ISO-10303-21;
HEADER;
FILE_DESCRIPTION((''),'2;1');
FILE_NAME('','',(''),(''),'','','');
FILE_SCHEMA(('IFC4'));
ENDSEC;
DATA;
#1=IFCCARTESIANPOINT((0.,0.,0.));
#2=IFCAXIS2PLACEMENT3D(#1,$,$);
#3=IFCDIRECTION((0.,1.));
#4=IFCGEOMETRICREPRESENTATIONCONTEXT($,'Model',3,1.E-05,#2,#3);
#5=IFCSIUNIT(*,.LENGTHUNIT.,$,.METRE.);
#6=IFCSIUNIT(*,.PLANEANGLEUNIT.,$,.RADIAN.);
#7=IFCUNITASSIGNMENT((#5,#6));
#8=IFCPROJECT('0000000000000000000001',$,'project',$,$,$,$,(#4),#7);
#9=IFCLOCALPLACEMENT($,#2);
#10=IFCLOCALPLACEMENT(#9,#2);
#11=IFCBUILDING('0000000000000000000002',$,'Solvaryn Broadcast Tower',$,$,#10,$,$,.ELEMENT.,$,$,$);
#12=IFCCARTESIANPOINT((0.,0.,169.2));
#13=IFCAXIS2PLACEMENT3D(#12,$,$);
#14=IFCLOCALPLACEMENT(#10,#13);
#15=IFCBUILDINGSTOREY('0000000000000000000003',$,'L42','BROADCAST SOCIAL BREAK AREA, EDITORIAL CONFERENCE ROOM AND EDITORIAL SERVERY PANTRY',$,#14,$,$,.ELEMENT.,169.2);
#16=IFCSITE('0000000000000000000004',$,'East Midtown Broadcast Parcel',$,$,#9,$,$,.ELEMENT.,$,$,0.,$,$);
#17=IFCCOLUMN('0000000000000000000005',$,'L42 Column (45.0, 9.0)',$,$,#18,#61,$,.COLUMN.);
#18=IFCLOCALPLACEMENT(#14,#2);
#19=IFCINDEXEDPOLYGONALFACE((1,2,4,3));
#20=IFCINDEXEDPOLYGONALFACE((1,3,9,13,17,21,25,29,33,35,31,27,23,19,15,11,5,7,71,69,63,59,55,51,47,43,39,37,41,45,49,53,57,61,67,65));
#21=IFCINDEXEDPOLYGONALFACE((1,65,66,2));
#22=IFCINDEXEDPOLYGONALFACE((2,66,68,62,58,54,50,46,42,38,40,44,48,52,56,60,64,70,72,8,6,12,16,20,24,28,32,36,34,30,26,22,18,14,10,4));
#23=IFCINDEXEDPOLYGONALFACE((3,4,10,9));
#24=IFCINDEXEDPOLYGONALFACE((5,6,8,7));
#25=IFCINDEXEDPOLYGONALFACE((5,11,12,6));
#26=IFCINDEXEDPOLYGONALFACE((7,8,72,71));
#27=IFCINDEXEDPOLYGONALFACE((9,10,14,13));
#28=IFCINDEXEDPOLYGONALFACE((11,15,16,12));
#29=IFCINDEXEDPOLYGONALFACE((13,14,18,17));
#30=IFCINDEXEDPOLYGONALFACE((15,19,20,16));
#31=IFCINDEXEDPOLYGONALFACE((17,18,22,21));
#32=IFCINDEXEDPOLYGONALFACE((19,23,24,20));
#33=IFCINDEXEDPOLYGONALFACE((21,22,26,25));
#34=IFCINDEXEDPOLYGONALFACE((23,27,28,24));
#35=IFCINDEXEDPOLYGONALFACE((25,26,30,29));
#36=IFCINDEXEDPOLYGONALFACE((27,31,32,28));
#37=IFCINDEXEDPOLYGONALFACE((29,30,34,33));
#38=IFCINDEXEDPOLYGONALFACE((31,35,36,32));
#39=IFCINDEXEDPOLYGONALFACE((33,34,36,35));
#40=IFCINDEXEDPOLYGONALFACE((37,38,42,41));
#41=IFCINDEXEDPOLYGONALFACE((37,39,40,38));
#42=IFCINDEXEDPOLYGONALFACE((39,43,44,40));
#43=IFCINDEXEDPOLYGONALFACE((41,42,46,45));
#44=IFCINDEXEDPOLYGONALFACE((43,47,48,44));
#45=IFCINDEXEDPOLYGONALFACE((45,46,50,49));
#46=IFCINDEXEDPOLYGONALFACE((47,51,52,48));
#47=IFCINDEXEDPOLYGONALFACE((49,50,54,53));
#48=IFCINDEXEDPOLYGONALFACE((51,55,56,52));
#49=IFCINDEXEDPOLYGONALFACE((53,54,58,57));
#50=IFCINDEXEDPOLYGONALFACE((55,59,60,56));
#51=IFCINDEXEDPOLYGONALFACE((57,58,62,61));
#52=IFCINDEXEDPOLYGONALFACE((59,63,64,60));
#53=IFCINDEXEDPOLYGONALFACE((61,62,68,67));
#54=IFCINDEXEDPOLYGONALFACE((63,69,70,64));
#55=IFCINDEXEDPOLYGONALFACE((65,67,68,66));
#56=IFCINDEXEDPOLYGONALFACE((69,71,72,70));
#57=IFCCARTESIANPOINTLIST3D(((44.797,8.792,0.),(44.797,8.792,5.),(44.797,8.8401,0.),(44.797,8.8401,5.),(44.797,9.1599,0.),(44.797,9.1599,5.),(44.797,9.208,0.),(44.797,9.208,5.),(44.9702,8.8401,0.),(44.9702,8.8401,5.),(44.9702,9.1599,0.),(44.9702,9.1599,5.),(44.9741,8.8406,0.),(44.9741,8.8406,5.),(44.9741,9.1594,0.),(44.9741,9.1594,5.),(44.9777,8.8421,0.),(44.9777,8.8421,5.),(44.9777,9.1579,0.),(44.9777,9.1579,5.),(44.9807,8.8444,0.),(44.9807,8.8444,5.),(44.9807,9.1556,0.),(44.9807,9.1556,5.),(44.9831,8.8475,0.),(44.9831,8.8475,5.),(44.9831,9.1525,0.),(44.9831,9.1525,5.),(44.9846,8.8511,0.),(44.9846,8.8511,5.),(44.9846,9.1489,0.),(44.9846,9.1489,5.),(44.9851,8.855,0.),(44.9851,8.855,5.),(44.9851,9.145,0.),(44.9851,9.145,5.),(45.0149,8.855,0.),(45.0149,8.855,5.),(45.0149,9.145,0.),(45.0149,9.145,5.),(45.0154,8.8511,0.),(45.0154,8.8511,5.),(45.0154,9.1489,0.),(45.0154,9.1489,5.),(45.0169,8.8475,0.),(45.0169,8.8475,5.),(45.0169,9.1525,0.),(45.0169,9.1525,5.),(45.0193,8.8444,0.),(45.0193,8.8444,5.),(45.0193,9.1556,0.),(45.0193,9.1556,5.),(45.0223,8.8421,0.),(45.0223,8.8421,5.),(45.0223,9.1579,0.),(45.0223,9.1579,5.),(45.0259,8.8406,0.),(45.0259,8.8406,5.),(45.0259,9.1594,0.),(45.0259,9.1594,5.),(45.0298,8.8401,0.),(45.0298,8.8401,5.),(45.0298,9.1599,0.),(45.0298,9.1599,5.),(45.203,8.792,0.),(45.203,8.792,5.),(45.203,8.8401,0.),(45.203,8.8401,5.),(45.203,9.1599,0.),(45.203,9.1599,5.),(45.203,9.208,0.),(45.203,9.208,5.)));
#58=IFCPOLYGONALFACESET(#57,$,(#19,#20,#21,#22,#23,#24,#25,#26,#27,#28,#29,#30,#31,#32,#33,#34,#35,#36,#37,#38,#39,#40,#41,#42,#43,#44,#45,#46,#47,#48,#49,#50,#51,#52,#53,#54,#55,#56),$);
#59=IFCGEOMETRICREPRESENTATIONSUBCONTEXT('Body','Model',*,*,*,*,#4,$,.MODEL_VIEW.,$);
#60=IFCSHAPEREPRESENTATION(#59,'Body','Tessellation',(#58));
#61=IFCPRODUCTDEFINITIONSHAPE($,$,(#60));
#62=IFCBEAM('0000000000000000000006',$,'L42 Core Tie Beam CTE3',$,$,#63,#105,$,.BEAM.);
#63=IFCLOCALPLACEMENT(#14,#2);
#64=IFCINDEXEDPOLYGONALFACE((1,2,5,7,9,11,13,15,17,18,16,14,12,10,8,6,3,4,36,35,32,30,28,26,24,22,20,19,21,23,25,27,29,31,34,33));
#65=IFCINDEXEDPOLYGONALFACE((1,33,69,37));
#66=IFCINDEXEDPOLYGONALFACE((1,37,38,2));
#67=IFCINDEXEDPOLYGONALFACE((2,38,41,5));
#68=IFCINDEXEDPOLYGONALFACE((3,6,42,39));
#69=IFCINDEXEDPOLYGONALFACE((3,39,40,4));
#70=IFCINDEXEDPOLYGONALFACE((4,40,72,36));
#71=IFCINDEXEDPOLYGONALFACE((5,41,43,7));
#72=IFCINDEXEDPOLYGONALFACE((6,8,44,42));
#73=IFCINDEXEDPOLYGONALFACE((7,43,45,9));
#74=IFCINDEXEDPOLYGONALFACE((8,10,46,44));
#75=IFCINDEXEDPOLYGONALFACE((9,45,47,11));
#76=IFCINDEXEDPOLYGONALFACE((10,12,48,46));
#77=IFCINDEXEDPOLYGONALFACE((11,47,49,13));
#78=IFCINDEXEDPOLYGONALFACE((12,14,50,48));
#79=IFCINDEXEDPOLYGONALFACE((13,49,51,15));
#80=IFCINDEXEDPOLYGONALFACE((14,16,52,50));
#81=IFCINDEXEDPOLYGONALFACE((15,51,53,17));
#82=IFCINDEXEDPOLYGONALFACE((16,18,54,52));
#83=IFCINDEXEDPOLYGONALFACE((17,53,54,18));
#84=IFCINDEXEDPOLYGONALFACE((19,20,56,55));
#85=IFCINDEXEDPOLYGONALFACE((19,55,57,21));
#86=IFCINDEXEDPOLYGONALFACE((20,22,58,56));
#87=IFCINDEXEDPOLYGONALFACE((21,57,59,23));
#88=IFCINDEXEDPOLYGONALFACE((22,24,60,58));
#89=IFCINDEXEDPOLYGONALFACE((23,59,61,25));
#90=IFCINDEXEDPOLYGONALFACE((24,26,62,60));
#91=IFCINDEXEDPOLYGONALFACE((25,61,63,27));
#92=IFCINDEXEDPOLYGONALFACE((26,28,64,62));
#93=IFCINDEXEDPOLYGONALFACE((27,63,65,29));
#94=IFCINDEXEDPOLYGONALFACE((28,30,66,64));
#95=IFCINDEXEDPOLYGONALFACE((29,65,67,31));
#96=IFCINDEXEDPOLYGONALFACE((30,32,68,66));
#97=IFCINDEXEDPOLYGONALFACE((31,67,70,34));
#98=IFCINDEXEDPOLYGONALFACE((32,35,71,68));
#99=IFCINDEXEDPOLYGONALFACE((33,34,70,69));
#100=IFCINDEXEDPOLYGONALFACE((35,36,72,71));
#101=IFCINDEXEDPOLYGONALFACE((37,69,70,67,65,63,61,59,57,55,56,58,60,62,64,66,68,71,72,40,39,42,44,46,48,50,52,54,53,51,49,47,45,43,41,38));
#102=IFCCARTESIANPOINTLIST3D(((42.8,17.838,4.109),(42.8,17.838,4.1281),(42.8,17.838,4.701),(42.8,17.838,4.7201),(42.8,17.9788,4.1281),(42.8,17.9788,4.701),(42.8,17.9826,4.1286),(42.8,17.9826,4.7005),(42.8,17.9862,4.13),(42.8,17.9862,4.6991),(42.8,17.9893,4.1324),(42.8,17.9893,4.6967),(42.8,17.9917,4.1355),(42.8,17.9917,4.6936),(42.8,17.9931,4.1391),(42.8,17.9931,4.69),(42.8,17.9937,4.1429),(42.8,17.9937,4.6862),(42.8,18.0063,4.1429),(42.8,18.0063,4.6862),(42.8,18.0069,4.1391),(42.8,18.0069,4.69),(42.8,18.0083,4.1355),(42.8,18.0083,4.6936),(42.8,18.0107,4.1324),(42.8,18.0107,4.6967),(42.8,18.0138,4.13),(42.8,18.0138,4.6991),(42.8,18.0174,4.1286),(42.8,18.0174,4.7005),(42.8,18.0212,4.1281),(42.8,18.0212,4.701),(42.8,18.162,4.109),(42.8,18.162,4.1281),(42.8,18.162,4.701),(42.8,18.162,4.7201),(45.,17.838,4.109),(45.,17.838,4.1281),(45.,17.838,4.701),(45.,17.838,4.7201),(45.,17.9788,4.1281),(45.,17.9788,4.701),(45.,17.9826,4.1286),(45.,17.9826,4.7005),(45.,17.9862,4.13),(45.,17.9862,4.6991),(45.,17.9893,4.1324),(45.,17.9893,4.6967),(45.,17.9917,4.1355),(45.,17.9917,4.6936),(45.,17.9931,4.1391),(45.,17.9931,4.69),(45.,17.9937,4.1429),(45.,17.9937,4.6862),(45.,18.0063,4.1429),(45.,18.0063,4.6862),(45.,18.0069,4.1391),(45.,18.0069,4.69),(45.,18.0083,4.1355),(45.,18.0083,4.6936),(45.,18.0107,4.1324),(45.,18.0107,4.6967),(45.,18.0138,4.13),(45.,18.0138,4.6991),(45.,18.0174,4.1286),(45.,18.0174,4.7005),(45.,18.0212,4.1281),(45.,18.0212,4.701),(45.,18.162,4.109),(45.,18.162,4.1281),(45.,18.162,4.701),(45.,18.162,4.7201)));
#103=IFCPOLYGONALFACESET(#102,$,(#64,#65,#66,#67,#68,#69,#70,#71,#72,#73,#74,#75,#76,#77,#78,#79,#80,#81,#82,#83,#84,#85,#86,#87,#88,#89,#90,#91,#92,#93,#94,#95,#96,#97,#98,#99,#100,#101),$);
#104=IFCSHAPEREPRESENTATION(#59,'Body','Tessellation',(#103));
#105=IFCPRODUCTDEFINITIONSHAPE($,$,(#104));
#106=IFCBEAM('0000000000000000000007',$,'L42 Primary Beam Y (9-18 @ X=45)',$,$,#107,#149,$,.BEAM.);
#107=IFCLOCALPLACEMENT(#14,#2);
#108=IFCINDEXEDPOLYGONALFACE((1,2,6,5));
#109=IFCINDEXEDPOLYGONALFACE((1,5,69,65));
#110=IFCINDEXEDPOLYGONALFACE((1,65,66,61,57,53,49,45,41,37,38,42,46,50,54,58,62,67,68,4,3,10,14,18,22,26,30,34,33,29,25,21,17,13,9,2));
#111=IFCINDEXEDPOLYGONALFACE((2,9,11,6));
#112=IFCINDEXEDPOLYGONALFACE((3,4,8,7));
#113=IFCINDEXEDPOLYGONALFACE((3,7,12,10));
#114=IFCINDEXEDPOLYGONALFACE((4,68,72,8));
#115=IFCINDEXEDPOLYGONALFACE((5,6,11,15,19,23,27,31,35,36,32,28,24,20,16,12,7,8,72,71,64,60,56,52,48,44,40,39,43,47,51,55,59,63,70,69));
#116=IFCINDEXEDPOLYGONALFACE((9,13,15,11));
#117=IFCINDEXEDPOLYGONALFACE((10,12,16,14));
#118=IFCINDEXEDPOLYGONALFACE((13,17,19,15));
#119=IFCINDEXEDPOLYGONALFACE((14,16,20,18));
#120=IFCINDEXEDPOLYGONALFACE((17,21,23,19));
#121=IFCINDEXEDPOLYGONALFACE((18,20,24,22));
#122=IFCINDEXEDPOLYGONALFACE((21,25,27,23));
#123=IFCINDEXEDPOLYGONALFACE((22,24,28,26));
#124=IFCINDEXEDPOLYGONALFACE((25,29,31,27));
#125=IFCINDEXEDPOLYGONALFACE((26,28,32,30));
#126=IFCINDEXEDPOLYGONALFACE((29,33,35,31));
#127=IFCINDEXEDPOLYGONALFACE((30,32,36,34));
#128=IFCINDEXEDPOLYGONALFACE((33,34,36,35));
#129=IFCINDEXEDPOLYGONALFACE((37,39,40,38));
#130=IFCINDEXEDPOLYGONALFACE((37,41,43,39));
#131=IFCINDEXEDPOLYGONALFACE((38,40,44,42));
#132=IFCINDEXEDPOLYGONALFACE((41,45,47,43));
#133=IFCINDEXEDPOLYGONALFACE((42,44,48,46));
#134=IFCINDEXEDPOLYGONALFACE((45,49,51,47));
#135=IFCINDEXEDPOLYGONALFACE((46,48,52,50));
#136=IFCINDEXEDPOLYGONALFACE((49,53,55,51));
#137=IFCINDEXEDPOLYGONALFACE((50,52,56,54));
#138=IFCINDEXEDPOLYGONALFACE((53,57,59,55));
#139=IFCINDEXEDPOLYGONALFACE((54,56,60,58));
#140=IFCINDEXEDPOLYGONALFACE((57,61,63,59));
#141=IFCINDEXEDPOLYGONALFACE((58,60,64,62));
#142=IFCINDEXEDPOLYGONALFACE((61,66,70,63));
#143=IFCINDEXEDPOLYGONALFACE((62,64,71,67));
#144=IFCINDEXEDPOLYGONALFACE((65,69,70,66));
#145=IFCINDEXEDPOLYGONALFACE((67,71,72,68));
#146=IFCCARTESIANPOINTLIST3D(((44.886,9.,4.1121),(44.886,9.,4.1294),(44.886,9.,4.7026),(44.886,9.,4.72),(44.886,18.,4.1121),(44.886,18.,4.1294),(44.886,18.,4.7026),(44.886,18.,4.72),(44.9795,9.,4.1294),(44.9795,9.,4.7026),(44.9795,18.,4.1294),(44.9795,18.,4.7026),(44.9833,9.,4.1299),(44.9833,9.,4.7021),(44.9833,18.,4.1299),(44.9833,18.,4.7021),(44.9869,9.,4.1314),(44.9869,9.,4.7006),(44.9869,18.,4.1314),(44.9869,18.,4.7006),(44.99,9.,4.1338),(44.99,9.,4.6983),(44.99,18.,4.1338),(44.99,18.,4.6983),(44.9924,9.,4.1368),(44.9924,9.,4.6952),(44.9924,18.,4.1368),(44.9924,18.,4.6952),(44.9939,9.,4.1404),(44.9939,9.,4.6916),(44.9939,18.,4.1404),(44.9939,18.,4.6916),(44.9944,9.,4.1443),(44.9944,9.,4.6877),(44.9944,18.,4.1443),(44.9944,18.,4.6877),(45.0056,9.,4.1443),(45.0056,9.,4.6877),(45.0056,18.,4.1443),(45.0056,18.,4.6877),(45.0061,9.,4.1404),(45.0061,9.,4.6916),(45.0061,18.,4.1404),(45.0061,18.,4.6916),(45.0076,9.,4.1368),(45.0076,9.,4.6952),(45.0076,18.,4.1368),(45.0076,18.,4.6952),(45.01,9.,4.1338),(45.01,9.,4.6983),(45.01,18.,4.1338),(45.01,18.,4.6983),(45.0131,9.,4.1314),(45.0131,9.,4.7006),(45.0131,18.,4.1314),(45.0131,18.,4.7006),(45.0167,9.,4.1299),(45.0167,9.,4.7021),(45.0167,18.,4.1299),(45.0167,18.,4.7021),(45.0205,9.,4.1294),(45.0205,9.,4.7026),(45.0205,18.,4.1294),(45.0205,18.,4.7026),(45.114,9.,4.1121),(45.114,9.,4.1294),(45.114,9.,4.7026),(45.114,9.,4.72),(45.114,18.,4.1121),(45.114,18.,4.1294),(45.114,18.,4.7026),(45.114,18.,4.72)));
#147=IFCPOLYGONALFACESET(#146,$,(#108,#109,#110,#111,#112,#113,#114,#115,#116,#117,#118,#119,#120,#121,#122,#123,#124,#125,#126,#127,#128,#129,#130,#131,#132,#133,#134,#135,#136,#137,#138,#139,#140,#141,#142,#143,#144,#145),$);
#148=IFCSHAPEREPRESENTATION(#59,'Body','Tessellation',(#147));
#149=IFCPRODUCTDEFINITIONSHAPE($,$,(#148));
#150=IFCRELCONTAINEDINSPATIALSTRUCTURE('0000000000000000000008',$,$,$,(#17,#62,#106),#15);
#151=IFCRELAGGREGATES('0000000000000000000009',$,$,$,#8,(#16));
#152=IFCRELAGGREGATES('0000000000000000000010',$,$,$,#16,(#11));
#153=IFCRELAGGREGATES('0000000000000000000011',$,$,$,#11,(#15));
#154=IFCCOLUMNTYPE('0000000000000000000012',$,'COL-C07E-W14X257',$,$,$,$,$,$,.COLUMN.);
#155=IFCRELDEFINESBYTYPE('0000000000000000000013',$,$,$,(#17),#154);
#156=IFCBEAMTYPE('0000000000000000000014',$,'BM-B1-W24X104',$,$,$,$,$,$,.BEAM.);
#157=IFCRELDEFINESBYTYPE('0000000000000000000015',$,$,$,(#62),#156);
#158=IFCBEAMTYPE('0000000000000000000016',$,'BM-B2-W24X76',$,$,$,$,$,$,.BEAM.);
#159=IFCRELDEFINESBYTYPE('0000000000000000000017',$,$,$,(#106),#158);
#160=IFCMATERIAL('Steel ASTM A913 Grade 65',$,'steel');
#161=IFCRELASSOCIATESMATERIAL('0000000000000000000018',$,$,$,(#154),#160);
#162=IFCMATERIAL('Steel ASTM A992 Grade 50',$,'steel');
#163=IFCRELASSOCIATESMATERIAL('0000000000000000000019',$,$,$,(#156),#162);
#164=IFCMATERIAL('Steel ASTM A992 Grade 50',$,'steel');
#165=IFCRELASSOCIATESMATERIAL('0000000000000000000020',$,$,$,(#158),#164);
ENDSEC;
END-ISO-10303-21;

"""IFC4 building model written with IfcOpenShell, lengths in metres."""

from ifc_helpers import new_model, si_unit, direction, frame, origin, origin_2d, place, context, subcontext, project, spatial, i_section, extrude, material, material_profile, profile_set, type_object, element, save


model = new_model("IFC4")

# Units and contexts
model_context = context("Model", 3, precision=1e-05, world=origin(), true_north=direction((0.0, 1.0)))
body_context = subcontext(model_context, "Body", "Model", "MODEL_VIEW")
ifc_project = project(units=[si_unit("LENGTHUNIT", "METRE"), si_unit("PLANEANGLEUNIT", "RADIAN")], contexts=[model_context])

# Site, building, storey
site_placement = place(None, origin())
site = spatial("IfcSite", under=ifc_project, at=site_placement, Name="East Midtown Broadcast Parcel", CompositionType="ELEMENT", RefElevation=0.0)
building_placement = place(site_placement, origin())
building = spatial("IfcBuilding", under=site, at=building_placement, Name="Solvaryn Broadcast Tower", CompositionType="ELEMENT")
storey_placement = place(building_placement, frame((0.0, 0.0, 169.2)))
storey = spatial("IfcBuildingStorey", under=building, at=storey_placement, Name="L42", Description="BROADCAST SOCIAL BREAK AREA, EDITORIAL CONFERENCE ROOM AND EDITORIAL SERVERY PANTRY", CompositionType="ELEMENT", Elevation=169.2)

# Column
ifc_material_1 = material(Name="Steel ASTM A913 Grade 65", Category="steel")
ifc_material_profile_1 = material_profile(ifc_material_1, i_section(OverallWidth=0.406, OverallDepth=0.416, WebThickness=0.0298, FlangeThickness=0.0481, FilletRadius=0.0149, at=origin_2d()))
ifc_profile_set_1 = profile_set([ifc_material_profile_1], Name="Steel ASTM A913 Grade 65")
column_type = type_object("IfcColumnType", Name="COL-C07E-W14X257", PredefinedType="COLUMN", material=ifc_profile_set_1)
column_placement = place(storey_placement, frame((45.0, 9.0, 0.0), z_axis=(0.0, 0.0, 1.0), x_axis=(1.0, 0.0, 0.0)))
element("IfcColumn", 1, at=column_placement, inside=storey, type_object=column_type, Name="L42 Column (45.0, 9.0)", PredefinedType="COLUMN", context=body_context, shape_type="SweptSolid", body=[
    extrude(i_section(OverallWidth=0.406, OverallDepth=0.416, WebThickness=0.0298, FlangeThickness=0.0481, FilletRadius=0.0149, at=origin_2d()), origin(), (0.0, 0.0, 1.0), 5.0),
])

# Beams
ifc_material_2 = material(Name="Steel ASTM A992 Grade 50", Category="steel")
ifc_material_profile_2 = material_profile(ifc_material_2, i_section(OverallWidth=0.324, OverallDepth=0.6111, WebThickness=0.0127, FlangeThickness=0.019, FilletRadius=0.0149, at=origin_2d()))
ifc_profile_set_2 = profile_set([ifc_material_profile_2], Name="Steel ASTM A992 Grade 50")
beam_type_1 = type_object("IfcBeamType", Name="BM-B1-W24X104", PredefinedType="BEAM", material=ifc_profile_set_2)
beam_1_placement = place(storey_placement, frame((42.8, 18.0, 4.4146), z_axis=(1.0, 0.0, 0.0), x_axis=(0.0, 1.0, 0.0)))
element("IfcBeam", 2, at=beam_1_placement, inside=storey, type_object=beam_type_1, Name="L42 Core Tie Beam CTE3", PredefinedType="BEAM", context=body_context, shape_type="SweptSolid", body=[
    extrude(i_section(OverallWidth=0.324, OverallDepth=0.6111, WebThickness=0.0127, FlangeThickness=0.019, FilletRadius=0.0149, at=origin_2d()), origin(), (0.0, 0.0, 1.0), 2.2),
])
ifc_material_3 = material(Name="Steel ASTM A992 Grade 50", Category="steel")
ifc_material_profile_3 = material_profile(ifc_material_3, i_section(OverallWidth=0.228, OverallDepth=0.6079, WebThickness=0.0112, FlangeThickness=0.0173, FilletRadius=0.0149, at=origin_2d()))
ifc_profile_set_3 = profile_set([ifc_material_profile_3], Name="Steel ASTM A992 Grade 50")
beam_type_2 = type_object("IfcBeamType", Name="BM-B2-W24X76", PredefinedType="BEAM", material=ifc_profile_set_3)
beam_2_placement = place(storey_placement, frame((45.0, 9.0, 4.416), z_axis=(0.0, 1.0, 0.0), x_axis=(-1.0, 0.0, 0.0)))
element("IfcBeam", 3, at=beam_2_placement, inside=storey, type_object=beam_type_2, Name="L42 Primary Beam Y (9-18 @ X=45)", PredefinedType="BEAM", context=body_context, shape_type="SweptSolid", body=[
    extrude(i_section(OverallWidth=0.228, OverallDepth=0.6079, WebThickness=0.0112, FlangeThickness=0.0173, FilletRadius=0.0149, at=origin_2d()), origin(), (0.0, 0.0, 1.0), 9.0),
])

save(model, "model.ifc")
